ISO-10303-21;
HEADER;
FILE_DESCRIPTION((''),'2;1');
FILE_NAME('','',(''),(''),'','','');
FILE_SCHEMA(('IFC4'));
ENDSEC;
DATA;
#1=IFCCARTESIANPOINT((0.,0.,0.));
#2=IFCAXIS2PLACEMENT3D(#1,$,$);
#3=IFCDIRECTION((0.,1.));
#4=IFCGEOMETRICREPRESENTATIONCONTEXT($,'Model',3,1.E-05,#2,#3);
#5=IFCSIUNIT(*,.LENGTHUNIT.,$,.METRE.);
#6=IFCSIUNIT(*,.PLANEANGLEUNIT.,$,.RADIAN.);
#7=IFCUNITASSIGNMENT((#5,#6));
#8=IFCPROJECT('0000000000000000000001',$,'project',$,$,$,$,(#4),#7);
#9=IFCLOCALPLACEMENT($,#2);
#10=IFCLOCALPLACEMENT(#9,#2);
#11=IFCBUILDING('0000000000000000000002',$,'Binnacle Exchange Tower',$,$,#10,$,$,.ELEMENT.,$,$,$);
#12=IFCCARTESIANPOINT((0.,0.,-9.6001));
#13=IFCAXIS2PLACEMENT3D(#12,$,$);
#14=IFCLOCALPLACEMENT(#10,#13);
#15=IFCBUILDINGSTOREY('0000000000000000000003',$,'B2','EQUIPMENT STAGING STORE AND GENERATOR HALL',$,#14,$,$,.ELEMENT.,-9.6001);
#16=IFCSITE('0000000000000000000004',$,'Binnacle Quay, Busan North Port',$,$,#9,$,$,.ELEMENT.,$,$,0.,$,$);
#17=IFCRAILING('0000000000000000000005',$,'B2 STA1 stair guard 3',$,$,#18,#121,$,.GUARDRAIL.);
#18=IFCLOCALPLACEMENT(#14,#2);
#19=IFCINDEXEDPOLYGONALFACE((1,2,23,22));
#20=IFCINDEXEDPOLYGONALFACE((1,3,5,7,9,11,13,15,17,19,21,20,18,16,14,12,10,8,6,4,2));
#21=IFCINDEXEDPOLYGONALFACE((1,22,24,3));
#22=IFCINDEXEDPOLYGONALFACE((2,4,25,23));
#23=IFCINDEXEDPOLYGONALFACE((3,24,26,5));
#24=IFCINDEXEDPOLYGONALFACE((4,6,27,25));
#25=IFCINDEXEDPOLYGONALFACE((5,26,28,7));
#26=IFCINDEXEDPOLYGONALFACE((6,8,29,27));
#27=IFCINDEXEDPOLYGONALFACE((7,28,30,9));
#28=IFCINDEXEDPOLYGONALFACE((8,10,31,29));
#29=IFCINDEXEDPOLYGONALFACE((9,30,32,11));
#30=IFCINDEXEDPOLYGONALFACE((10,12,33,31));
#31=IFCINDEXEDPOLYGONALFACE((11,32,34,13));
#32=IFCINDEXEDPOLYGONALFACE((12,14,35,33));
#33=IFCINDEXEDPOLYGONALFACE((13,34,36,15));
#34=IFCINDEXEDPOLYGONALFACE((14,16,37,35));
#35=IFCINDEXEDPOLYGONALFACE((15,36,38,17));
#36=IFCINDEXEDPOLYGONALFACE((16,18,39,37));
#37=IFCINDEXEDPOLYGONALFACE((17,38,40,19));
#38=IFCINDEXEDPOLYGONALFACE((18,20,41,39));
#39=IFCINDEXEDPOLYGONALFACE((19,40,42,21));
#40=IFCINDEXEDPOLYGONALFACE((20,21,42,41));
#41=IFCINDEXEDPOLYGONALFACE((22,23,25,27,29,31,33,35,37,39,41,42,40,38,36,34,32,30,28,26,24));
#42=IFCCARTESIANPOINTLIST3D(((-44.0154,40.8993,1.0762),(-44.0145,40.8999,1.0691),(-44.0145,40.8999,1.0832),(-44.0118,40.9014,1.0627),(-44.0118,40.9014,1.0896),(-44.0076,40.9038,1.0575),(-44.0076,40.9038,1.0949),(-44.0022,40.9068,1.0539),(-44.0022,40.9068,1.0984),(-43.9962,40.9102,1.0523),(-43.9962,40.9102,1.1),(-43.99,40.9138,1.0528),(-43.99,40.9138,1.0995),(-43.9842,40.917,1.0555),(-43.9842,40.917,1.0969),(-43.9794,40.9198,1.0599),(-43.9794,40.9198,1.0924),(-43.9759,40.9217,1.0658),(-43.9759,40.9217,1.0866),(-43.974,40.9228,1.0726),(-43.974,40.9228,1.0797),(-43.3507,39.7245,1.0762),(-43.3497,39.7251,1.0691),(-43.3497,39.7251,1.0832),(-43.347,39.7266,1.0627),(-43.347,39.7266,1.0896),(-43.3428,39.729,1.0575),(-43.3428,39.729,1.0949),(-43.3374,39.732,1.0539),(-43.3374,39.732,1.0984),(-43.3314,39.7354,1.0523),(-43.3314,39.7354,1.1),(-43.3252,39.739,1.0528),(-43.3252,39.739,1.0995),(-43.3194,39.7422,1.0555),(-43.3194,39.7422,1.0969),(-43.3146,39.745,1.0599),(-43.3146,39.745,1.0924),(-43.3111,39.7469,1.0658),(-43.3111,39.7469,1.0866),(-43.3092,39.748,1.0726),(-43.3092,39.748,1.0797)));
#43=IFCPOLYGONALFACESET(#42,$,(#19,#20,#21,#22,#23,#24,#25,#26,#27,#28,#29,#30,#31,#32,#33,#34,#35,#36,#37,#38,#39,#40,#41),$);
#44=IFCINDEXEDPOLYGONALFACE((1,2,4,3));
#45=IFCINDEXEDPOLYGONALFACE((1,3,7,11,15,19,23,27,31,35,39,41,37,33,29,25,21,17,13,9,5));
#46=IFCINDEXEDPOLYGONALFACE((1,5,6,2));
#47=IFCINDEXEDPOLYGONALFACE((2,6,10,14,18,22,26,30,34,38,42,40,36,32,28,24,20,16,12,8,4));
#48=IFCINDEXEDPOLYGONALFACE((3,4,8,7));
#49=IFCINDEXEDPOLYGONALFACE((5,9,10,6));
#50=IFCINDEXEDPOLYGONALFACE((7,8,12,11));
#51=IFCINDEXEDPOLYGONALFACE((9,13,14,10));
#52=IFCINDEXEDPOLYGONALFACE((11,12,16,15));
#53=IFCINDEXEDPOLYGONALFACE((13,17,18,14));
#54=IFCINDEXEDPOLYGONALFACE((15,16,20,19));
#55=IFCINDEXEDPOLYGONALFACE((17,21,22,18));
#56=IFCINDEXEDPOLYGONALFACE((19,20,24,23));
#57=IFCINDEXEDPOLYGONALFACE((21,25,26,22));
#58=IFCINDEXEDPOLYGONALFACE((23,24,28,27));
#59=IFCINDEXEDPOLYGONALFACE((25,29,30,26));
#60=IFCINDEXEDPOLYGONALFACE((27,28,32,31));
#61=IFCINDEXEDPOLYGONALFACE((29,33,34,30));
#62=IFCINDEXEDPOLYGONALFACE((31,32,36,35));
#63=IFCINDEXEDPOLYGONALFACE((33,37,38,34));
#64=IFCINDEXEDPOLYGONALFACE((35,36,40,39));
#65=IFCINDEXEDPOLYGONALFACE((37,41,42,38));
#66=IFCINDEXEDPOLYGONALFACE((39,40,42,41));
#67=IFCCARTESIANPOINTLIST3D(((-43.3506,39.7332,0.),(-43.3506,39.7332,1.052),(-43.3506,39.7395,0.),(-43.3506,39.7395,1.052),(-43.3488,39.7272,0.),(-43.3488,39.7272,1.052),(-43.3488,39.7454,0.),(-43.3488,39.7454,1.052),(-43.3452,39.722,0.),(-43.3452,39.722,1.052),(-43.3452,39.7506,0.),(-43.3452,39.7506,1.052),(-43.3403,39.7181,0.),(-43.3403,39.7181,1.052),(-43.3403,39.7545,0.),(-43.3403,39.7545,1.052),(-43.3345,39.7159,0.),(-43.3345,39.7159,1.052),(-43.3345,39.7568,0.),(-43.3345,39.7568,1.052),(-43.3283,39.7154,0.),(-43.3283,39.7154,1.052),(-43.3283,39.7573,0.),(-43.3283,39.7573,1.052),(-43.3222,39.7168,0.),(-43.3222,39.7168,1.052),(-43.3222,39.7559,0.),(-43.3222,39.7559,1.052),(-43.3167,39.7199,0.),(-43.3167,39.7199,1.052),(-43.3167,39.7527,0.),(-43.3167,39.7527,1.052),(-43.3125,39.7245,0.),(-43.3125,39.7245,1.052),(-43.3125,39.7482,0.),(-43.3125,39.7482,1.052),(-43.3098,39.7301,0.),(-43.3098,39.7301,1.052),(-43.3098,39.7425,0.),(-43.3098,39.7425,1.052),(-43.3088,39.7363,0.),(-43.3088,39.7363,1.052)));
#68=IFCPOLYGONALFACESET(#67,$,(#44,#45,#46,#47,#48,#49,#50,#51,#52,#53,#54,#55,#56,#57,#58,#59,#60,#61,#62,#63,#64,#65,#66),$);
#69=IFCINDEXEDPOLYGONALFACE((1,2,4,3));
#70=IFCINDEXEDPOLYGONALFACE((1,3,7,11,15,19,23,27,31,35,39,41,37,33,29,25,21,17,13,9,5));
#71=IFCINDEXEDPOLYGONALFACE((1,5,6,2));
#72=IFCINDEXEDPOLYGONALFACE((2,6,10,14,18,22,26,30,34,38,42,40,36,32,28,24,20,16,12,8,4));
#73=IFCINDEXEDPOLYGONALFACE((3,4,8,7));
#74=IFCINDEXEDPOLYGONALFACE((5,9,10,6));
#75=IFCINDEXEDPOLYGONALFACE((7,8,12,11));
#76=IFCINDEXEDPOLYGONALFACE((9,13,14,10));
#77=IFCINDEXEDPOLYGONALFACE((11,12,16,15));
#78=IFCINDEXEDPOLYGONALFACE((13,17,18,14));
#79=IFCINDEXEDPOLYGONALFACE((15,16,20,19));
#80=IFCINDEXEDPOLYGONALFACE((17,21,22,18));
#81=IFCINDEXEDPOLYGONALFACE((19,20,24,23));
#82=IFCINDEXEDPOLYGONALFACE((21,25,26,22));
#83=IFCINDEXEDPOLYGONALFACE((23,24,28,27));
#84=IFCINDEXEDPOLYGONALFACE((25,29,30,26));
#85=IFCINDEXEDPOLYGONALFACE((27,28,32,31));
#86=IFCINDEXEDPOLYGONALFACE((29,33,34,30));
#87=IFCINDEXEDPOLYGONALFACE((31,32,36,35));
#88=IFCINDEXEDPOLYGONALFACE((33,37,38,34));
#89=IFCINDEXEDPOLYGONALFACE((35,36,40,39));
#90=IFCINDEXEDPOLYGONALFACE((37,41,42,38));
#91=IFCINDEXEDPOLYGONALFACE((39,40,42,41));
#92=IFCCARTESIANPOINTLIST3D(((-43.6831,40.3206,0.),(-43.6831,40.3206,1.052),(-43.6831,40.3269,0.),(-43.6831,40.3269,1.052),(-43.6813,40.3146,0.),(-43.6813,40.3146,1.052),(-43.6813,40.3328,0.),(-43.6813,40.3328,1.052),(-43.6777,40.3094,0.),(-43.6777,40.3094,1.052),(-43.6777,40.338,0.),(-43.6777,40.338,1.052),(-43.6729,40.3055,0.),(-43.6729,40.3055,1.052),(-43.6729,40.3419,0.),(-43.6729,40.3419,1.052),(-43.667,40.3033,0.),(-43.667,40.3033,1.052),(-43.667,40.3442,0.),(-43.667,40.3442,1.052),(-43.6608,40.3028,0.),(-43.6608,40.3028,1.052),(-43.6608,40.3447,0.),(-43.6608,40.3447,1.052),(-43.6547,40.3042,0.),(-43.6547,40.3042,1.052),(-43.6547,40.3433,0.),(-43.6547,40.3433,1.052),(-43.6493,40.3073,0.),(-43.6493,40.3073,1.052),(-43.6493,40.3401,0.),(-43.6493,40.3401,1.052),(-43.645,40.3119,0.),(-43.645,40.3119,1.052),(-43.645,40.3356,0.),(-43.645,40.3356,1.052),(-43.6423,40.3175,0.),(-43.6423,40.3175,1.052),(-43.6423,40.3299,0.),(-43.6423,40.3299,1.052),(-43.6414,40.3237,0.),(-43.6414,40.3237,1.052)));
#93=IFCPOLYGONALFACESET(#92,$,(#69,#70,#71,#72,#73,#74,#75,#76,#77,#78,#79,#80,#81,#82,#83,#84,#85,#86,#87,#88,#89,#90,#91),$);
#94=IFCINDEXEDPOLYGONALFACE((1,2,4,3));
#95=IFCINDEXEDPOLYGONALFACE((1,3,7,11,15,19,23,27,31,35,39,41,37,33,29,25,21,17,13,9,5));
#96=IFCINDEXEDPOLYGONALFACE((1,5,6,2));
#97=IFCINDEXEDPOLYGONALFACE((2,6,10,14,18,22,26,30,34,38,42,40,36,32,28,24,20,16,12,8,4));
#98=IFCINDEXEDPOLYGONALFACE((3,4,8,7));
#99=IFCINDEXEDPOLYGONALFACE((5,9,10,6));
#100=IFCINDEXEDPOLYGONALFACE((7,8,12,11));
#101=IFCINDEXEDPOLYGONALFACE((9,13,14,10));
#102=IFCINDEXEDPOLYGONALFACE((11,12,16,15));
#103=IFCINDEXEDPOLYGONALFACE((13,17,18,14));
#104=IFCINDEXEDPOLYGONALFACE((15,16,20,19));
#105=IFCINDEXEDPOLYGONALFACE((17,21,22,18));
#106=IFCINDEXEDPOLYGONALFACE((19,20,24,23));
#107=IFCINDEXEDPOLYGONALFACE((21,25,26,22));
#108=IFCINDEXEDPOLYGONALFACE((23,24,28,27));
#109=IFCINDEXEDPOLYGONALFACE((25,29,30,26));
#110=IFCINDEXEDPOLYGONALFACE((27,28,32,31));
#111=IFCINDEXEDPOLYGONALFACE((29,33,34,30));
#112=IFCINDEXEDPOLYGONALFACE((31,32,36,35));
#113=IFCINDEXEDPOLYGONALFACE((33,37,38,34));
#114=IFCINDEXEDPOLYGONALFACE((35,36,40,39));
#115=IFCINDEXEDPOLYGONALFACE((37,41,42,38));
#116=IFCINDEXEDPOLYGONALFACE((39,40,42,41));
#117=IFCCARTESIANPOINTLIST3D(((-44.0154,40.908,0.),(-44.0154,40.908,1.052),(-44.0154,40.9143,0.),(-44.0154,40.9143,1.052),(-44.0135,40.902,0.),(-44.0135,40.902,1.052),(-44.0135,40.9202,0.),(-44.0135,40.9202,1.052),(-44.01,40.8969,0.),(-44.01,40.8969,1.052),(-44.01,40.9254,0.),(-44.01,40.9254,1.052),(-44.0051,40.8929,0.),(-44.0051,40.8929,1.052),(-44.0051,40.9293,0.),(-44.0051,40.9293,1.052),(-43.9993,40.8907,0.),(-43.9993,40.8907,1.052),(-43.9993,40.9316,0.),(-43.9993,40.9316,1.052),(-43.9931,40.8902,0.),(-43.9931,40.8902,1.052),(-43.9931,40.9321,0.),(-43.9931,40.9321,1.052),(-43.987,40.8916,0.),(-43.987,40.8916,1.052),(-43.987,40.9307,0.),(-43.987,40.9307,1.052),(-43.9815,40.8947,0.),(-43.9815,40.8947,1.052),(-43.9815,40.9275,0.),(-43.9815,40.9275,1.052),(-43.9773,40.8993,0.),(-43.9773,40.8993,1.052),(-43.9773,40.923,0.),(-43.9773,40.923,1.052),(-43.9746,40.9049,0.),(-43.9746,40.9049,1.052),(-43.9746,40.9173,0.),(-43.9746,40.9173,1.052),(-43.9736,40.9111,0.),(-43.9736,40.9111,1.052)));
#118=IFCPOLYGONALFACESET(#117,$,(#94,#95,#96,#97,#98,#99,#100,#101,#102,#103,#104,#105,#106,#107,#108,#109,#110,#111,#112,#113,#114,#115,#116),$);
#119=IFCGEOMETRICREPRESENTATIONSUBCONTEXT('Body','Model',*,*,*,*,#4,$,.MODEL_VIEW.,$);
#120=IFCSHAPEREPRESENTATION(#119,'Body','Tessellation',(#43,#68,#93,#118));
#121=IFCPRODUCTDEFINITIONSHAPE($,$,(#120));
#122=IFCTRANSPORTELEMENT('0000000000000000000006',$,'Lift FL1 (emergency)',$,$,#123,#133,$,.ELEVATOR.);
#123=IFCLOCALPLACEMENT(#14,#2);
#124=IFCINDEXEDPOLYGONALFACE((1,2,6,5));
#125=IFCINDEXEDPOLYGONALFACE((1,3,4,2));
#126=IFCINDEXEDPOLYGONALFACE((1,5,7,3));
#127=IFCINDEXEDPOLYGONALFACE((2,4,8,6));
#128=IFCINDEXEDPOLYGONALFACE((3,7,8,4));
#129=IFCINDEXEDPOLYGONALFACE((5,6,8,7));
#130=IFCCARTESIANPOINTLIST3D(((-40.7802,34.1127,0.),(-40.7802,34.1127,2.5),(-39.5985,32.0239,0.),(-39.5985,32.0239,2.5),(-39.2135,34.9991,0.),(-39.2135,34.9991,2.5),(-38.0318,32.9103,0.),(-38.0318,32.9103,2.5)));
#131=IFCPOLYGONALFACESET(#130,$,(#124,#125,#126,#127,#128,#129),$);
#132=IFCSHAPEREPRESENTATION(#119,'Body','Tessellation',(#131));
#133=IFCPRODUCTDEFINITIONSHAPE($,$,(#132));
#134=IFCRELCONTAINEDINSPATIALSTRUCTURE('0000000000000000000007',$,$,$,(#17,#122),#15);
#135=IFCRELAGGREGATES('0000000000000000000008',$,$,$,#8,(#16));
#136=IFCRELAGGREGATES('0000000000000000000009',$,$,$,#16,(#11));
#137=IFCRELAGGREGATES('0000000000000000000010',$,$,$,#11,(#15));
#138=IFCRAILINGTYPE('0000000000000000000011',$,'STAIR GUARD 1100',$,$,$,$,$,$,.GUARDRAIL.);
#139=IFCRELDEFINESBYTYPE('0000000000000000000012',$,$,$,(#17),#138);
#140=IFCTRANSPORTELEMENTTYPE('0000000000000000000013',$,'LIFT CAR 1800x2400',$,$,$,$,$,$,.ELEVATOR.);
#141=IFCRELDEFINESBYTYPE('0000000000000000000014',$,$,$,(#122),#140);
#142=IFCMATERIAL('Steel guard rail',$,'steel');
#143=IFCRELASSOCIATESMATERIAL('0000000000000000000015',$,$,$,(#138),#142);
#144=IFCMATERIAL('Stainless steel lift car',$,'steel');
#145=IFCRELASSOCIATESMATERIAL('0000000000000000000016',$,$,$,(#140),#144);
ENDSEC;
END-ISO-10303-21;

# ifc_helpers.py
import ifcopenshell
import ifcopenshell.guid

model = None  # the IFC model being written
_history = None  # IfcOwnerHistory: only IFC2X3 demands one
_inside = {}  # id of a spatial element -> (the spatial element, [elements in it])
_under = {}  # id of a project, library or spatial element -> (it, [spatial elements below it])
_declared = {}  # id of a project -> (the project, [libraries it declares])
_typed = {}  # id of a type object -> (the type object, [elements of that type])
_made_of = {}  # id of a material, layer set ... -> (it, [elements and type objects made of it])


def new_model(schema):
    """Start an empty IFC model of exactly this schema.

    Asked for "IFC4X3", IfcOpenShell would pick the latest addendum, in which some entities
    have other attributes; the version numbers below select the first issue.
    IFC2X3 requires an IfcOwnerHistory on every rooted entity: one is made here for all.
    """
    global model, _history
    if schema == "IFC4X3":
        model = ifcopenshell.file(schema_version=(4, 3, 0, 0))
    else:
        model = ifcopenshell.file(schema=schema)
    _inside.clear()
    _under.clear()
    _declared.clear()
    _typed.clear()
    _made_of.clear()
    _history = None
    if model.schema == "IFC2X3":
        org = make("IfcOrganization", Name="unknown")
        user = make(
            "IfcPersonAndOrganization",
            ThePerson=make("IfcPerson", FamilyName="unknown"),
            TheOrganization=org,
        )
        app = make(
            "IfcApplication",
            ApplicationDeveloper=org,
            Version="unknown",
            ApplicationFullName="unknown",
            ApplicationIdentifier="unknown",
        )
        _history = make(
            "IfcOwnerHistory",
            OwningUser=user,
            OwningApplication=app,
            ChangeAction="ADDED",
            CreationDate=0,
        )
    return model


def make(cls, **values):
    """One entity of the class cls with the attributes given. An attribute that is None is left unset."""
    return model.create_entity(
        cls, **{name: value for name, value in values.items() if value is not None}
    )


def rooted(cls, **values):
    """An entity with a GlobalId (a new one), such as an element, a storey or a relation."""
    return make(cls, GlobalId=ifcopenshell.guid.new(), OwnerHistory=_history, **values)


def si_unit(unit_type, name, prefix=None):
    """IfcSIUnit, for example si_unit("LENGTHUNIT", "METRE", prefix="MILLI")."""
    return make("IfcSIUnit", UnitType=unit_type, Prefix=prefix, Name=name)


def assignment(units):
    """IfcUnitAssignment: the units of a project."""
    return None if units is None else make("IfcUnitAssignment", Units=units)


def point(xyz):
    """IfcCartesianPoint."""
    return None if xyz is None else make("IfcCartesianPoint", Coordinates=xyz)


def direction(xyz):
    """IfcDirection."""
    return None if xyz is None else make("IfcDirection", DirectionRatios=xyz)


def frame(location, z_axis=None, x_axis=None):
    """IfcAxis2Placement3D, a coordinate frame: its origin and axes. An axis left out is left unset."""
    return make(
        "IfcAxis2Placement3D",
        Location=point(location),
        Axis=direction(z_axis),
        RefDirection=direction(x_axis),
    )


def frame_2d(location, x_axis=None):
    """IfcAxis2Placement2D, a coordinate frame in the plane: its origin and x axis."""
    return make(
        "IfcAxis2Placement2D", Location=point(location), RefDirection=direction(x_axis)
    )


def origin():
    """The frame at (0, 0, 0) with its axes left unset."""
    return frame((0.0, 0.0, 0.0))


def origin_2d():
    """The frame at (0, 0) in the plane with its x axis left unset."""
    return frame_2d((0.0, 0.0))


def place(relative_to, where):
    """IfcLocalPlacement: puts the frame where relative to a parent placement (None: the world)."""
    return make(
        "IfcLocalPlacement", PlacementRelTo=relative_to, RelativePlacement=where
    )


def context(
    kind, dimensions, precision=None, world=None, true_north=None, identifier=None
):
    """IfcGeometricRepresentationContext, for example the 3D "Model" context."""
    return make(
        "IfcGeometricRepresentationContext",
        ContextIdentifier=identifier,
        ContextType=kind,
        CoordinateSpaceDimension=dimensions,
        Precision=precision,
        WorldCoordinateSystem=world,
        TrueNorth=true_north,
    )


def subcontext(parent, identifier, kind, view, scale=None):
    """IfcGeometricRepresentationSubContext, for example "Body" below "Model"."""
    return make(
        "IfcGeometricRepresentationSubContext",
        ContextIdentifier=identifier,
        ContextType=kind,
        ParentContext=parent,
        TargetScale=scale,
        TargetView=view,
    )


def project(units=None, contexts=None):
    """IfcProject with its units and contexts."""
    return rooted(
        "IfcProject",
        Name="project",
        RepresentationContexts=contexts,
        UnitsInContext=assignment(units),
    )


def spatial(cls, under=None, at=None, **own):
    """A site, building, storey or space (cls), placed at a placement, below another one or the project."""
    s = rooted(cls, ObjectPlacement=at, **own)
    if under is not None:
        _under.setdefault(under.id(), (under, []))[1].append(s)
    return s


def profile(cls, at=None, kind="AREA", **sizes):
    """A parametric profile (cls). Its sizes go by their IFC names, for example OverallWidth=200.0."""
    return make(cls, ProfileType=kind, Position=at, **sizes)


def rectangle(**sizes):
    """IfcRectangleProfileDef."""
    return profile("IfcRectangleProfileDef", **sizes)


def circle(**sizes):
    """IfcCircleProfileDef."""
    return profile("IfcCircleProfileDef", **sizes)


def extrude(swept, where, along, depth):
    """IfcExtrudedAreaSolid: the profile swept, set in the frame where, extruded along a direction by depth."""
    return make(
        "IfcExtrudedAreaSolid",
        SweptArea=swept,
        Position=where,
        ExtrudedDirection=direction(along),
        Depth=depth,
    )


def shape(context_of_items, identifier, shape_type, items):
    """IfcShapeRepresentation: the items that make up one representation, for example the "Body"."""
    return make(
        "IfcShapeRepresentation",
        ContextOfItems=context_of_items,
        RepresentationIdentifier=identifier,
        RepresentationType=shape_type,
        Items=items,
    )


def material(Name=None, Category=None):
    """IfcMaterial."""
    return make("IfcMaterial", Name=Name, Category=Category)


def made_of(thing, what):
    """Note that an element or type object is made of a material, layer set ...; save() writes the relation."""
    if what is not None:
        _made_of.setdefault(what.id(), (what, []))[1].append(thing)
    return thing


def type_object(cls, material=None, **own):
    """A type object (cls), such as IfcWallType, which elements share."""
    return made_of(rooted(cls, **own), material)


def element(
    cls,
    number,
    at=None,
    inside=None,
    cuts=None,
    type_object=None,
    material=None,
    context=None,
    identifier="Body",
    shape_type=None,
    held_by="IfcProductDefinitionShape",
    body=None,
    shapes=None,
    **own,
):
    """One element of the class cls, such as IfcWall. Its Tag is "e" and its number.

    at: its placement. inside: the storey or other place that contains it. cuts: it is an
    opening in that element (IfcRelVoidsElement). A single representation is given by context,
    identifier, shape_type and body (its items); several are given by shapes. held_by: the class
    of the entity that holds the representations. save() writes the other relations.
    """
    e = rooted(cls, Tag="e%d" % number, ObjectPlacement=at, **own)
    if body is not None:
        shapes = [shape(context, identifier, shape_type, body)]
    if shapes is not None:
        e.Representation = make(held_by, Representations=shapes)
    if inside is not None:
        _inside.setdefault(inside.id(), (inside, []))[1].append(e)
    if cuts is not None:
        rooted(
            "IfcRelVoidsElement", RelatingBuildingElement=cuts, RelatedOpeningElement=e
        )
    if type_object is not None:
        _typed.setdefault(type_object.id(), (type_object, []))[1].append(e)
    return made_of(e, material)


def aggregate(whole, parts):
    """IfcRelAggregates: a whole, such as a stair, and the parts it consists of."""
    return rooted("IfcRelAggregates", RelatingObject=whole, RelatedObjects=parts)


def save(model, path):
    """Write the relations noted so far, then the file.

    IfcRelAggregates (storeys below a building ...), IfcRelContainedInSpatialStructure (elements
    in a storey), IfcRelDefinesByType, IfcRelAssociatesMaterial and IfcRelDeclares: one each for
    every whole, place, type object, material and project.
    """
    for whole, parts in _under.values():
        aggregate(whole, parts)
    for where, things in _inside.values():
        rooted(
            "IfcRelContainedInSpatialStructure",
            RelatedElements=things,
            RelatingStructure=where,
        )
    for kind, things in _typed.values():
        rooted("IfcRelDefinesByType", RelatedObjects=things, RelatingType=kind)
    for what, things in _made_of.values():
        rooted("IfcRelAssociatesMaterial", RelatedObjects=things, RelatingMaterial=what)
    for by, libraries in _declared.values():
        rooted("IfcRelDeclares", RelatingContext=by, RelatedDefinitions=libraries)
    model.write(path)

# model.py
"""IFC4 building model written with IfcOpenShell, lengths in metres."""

from ifc_helpers import new_model, si_unit, direction, frame, origin, origin_2d, place, context, subcontext, project, spatial, rectangle, circle, extrude, material, type_object, element, save


model = new_model("IFC4")

# Units and contexts
model_context = context("Model", 3, precision=1e-05, world=origin(), true_north=direction((0.0, 1.0)))
body_context = subcontext(model_context, "Body", "Model", "MODEL_VIEW")
ifc_project = project(units=[si_unit("LENGTHUNIT", "METRE"), si_unit("PLANEANGLEUNIT", "RADIAN")], contexts=[model_context])

# Site, building, storey
site_placement = place(None, origin())
site = spatial("IfcSite", under=ifc_project, at=site_placement, Name="Binnacle Quay, Busan North Port", CompositionType="ELEMENT", RefElevation=0.0)
building_placement = place(site_placement, origin())
building = spatial("IfcBuilding", under=site, at=building_placement, Name="Binnacle Exchange Tower", CompositionType="ELEMENT")
storey_placement = place(building_placement, frame((0.0, 0.0, -9.6001)))
storey = spatial("IfcBuildingStorey", under=building, at=storey_placement, Name="B2", Description="EQUIPMENT STAGING STORE AND GENERATOR HALL", CompositionType="ELEMENT", Elevation=-9.6001)

# Railing
ifc_material_1 = material(Name="Steel guard rail", Category="steel")
railing_type_1 = type_object("IfcRailingType", Name="STAIR GUARD 1100", PredefinedType="GUARDRAIL", material=ifc_material_1)
railing_1_placement = place(storey_placement, frame((-43.3298, 39.7363, 0.0)))
element("IfcRailing", 1, at=railing_1_placement, inside=storey, type_object=railing_type_1, Name="B2 STA1 stair guard 3", PredefinedType="GUARDRAIL", context=body_context, shape_type="SweptSolid", body=[
    extrude(circle(Radius=0.0239, at=origin_2d()), frame((0.0, 0.0, 1.0762), z_axis=(-0.492492, 0.870317, 0.0), x_axis=(-0.870317, -0.492492, 0.0)), (0.0, 0.0, 1.0), 1.3499),
    extrude(circle(Radius=0.021, at=origin_2d()), origin(), (0.0, 0.0, 1.0), 1.052),
    extrude(circle(Radius=0.021, at=origin_2d()), frame((-0.3325, 0.5874, 0.0)), (0.0, 0.0, 1.0), 1.052),
    extrude(circle(Radius=0.021, at=origin_2d()), frame((-0.6648, 1.1748, 0.0)), (0.0, 0.0, 1.0), 1.052),
])

# Transport element
ifc_material_2 = material(Name="Stainless steel lift car", Category="steel")
transport_element_type = type_object("IfcTransportElementType", Name="LIFT CAR 1800x2400", PredefinedType="ELEVATOR", material=ifc_material_2)
transport_element_placement = place(storey_placement, frame((-39.406, 33.5115, 0.0), z_axis=(0.0, 0.0, 1.0), x_axis=(0.870356, 0.492424, 0.0)))
element("IfcTransportElement", 2, at=transport_element_placement, inside=storey, type_object=transport_element_type, Name="Lift FL1 (emergency)", PredefinedType="ELEVATOR", context=body_context, shape_type="SweptSolid", body=[
    extrude(rectangle(XDim=1.8, YDim=2.3999, at=origin_2d()), origin(), (0.0, 0.0, 1.0), 2.5),
])

save(model, "model.ifc")
